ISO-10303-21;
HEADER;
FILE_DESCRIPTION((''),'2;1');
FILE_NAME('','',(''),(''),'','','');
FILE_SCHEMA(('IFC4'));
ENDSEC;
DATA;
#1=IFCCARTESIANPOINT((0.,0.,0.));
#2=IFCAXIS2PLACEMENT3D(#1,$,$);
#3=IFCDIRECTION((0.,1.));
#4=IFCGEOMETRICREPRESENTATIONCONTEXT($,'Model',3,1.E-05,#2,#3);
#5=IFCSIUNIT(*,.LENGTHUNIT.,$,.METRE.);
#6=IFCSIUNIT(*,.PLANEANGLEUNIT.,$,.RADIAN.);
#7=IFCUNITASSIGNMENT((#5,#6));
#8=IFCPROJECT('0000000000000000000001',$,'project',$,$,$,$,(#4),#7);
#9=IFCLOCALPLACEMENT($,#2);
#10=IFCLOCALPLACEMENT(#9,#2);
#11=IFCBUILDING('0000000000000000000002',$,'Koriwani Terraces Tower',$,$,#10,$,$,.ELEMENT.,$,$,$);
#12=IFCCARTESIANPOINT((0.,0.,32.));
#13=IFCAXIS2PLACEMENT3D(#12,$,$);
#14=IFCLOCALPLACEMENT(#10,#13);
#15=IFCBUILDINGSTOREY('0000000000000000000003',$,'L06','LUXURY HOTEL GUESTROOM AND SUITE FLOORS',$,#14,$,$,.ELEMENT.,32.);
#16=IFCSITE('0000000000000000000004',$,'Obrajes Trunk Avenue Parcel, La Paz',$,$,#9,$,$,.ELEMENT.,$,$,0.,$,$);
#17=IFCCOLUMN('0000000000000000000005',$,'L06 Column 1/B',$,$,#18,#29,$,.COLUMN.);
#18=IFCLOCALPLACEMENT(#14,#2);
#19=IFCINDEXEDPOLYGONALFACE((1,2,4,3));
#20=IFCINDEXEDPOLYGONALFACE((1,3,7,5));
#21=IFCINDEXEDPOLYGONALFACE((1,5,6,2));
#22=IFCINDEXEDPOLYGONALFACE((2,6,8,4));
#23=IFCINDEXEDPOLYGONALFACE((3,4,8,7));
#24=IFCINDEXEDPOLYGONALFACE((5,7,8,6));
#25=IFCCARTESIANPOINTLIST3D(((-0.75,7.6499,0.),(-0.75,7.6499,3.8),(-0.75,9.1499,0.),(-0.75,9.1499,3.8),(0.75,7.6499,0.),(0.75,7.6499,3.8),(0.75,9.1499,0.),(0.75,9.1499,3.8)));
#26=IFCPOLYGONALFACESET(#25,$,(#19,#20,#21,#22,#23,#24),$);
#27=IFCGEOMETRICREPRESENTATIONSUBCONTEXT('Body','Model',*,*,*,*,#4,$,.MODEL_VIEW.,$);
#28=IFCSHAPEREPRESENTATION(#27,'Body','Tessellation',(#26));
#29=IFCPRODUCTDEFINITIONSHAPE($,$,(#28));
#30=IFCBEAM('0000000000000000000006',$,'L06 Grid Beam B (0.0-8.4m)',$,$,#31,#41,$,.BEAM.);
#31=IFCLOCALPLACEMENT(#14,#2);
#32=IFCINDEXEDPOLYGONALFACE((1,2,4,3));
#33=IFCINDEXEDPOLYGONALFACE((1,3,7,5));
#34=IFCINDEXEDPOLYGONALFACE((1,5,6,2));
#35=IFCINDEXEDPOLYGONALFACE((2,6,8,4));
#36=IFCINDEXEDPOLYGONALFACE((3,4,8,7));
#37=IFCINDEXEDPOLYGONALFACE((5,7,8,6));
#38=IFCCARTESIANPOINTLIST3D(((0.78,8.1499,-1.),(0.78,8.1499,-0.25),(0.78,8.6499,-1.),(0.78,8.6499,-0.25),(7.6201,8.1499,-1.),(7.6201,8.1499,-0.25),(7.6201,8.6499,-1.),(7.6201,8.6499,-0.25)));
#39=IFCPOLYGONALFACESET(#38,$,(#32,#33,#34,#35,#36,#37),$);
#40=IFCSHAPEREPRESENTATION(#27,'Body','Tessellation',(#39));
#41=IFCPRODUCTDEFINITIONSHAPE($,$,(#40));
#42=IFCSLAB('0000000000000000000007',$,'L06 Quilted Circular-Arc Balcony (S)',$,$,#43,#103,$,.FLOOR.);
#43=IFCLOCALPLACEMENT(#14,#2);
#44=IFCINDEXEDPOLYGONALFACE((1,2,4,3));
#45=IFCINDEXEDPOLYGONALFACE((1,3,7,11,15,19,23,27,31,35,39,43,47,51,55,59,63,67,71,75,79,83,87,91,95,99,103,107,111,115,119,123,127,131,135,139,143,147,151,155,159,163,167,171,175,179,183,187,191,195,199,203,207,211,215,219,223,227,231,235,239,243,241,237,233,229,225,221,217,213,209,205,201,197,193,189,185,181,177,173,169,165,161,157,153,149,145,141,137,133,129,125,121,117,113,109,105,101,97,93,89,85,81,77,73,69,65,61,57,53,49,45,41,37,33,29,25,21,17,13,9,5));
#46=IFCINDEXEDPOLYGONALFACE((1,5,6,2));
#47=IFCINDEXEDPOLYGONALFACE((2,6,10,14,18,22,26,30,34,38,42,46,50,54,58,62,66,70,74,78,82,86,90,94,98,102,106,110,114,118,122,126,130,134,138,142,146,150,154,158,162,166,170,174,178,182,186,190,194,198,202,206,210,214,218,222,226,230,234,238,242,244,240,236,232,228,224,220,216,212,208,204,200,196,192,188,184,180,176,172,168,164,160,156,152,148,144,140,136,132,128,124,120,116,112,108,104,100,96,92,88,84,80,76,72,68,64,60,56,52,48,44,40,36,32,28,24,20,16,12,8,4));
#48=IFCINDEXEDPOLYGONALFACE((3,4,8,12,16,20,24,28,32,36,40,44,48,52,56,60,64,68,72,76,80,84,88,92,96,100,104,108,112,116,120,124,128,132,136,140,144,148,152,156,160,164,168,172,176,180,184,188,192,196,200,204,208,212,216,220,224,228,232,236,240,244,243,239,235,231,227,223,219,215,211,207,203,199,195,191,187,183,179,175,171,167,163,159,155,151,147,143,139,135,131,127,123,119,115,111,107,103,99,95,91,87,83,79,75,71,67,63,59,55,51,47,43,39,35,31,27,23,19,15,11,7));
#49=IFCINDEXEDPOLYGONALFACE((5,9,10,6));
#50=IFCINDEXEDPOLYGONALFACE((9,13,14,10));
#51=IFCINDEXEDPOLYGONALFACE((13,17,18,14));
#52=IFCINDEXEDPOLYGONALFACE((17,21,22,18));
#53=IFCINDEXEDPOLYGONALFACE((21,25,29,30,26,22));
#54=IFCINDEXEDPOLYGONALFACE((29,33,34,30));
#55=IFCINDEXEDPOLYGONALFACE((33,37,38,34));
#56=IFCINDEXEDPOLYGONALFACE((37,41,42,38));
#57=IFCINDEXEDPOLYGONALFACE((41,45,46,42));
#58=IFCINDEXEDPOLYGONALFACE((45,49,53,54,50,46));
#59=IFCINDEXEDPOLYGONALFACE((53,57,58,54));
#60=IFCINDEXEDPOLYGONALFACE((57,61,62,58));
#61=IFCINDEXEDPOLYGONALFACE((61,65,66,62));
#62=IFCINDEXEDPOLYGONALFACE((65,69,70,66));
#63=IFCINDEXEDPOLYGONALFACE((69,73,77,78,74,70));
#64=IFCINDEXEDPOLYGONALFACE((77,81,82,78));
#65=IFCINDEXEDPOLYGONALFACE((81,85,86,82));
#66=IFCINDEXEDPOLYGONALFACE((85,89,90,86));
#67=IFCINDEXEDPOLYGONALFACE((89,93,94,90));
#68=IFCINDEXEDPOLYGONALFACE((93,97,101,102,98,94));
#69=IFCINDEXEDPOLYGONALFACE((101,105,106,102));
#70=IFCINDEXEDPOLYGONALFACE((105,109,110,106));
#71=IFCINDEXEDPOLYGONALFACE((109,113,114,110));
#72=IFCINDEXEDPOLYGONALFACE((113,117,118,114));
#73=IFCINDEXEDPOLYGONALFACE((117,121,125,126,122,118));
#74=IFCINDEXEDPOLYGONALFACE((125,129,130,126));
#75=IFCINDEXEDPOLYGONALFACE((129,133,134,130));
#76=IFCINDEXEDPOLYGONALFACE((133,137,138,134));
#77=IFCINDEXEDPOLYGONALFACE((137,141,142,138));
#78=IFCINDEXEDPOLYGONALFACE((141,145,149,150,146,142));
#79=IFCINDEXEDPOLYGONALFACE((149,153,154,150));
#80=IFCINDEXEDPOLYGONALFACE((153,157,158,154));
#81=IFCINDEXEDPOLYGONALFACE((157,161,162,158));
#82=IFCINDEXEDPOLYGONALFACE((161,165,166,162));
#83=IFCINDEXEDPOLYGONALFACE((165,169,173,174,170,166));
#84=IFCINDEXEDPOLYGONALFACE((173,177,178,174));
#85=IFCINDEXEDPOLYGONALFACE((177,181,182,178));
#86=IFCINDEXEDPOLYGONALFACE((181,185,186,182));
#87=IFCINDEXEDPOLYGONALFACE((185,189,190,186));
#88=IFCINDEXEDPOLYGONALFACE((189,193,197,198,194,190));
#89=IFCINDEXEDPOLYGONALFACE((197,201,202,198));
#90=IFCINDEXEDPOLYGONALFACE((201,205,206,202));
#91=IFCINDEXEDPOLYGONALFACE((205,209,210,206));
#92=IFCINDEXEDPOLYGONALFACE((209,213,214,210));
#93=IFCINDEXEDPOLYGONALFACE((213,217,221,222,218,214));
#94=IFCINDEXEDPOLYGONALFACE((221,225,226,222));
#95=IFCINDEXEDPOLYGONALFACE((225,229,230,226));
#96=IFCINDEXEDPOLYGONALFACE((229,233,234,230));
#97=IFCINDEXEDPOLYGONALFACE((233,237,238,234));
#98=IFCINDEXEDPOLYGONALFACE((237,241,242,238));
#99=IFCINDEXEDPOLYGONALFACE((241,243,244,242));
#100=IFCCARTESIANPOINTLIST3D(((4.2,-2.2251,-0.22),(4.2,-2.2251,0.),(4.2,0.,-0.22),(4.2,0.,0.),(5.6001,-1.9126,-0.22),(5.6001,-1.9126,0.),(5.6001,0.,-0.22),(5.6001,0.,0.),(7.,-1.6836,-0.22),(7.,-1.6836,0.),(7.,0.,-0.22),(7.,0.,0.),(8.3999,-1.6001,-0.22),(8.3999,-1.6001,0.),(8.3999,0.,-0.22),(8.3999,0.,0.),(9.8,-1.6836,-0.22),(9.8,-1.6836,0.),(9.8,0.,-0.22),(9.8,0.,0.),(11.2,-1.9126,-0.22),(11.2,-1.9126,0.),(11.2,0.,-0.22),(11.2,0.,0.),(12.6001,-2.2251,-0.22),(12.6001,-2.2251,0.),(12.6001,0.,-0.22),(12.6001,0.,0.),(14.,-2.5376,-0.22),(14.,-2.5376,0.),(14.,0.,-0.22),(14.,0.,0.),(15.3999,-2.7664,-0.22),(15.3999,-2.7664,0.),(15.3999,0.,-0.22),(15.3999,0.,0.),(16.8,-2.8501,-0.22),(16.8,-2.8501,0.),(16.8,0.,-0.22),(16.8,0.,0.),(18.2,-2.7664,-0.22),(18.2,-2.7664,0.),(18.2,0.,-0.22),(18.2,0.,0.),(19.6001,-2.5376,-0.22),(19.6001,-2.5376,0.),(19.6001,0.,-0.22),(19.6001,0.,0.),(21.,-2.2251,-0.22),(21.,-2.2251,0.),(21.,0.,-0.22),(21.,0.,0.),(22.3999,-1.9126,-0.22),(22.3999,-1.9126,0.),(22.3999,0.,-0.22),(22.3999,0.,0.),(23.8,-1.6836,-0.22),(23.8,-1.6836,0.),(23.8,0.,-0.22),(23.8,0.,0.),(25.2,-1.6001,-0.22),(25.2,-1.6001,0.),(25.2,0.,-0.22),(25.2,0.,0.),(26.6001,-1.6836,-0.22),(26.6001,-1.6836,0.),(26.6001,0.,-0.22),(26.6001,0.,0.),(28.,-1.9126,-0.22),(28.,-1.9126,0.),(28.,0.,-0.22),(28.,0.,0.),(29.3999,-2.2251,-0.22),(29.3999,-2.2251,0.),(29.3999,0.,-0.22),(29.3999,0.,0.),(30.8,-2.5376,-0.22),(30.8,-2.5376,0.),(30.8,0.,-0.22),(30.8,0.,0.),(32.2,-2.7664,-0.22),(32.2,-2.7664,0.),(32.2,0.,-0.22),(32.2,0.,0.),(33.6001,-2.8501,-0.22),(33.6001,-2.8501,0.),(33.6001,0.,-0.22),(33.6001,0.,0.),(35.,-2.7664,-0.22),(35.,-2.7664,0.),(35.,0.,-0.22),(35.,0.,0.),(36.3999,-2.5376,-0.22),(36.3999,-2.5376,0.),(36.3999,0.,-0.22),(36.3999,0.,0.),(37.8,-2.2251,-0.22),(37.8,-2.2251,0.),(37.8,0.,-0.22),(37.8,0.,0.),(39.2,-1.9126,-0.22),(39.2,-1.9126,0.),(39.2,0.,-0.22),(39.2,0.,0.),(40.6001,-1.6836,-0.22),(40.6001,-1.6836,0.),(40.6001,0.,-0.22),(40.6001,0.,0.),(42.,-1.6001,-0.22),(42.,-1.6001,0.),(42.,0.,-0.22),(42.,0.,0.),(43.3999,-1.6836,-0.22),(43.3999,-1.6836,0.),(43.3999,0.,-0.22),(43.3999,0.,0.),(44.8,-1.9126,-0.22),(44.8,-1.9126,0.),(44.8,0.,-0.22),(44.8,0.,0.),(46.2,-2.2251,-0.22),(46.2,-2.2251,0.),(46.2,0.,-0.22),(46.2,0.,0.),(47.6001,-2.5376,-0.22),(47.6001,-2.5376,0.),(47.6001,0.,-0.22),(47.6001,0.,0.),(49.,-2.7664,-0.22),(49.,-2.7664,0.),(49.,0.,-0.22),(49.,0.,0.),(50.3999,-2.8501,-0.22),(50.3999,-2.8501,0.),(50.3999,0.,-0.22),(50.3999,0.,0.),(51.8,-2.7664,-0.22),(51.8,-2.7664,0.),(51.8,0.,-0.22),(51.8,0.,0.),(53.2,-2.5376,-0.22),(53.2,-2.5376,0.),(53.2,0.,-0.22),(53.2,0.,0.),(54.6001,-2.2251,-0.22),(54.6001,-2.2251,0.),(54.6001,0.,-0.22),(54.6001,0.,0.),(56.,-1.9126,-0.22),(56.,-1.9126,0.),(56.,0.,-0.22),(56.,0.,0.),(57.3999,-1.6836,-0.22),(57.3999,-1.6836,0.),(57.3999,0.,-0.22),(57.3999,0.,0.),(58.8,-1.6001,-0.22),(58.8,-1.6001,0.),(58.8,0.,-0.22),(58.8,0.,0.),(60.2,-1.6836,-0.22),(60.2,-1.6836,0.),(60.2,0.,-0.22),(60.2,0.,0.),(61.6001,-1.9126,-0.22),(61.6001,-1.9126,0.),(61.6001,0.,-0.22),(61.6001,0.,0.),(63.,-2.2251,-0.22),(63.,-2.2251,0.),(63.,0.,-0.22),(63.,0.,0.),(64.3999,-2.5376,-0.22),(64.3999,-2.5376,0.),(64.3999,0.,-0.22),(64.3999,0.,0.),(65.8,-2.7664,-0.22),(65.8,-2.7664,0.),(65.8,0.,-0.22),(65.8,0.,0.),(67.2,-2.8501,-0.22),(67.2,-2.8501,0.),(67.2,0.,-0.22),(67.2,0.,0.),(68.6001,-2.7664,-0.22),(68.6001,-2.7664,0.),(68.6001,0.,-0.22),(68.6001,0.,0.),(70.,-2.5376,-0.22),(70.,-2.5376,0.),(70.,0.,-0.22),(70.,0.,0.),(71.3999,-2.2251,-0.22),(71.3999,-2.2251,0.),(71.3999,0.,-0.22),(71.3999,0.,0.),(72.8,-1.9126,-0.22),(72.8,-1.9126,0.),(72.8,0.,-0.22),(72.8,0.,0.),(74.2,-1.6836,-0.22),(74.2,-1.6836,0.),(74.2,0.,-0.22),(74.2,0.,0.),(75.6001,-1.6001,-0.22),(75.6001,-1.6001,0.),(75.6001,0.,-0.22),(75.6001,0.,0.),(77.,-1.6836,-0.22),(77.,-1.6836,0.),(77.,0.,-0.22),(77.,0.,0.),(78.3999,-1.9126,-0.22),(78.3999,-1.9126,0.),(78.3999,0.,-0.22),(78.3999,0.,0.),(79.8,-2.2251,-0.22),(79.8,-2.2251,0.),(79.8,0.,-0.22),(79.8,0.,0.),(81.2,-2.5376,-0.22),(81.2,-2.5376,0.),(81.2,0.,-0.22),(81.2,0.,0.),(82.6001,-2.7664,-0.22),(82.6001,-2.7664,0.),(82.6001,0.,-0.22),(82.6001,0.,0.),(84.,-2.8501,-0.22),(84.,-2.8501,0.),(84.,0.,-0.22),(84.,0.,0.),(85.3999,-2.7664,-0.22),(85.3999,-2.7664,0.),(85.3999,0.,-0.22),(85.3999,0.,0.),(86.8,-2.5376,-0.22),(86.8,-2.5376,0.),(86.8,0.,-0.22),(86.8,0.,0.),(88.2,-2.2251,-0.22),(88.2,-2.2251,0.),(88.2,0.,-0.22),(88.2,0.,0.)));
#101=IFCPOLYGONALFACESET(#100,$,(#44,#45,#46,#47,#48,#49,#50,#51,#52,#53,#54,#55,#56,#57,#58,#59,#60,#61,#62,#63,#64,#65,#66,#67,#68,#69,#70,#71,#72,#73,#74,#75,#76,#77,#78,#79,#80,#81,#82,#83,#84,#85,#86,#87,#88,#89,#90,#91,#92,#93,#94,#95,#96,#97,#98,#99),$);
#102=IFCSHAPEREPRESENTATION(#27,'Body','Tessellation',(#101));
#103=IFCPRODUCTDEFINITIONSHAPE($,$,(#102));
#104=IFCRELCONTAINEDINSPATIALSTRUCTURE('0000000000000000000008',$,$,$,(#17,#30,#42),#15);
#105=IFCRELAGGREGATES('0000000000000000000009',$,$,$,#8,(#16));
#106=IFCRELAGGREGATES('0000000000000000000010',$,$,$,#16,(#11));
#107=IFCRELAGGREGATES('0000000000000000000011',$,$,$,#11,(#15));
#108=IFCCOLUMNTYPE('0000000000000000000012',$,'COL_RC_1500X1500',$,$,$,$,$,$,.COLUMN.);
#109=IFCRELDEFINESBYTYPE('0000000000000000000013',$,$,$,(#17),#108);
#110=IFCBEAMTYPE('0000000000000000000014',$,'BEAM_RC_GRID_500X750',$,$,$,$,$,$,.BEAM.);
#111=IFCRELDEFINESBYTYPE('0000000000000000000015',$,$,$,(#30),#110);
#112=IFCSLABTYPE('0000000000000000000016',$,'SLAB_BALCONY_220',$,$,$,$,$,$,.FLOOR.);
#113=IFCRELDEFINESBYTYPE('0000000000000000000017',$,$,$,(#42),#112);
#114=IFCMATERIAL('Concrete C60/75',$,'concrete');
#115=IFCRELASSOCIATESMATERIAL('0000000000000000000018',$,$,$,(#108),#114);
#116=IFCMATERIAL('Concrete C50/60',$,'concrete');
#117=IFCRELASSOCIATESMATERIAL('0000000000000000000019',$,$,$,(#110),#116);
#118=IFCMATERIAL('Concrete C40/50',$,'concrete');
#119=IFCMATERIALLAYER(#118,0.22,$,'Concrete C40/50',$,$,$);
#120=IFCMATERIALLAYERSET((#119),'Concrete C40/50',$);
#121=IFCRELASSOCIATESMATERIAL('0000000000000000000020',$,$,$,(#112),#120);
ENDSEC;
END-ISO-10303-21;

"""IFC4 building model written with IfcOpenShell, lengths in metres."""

from ifc_helpers import new_model, si_unit, direction, frame, origin, origin_2d, place, context, subcontext, project, spatial, polyline, rectangle, outline, extrude, material, layer, layer_set, material_profile, profile_set, type_object, element, save


model = new_model("IFC4")

# Units and contexts
model_context = context("Model", 3, precision=1e-05, world=origin(), true_north=direction((0.0, 1.0)))
body_context = subcontext(model_context, "Body", "Model", "MODEL_VIEW")
ifc_project = project(units=[si_unit("LENGTHUNIT", "METRE"), si_unit("PLANEANGLEUNIT", "RADIAN")], contexts=[model_context])

# Site, building, storey
site_placement = place(None, origin())
site = spatial("IfcSite", under=ifc_project, at=site_placement, Name="Obrajes Trunk Avenue Parcel, La Paz", CompositionType="ELEMENT", RefElevation=0.0)
building_placement = place(site_placement, origin())
building = spatial("IfcBuilding", under=site, at=building_placement, Name="Koriwani Terraces Tower", CompositionType="ELEMENT")
storey_placement = place(building_placement, frame((0.0, 0.0, 32.0)))
storey = spatial("IfcBuildingStorey", under=building, at=storey_placement, Name="L06", Description="LUXURY HOTEL GUESTROOM AND SUITE FLOORS", CompositionType="ELEMENT", Elevation=32.0)

# Column
ifc_material_1 = material(Name="Concrete C60/75", Category="concrete")
ifc_material_profile_1 = material_profile(ifc_material_1, rectangle(XDim=1.5, YDim=1.5, at=origin_2d()), Name="Concrete C60/75", Category="LoadBearing")
ifc_profile_set_1 = profile_set([ifc_material_profile_1], Name="Concrete C60/75")
column_type = type_object("IfcColumnType", Name="COL_RC_1500X1500", PredefinedType="COLUMN", material=ifc_profile_set_1)
column_placement = place(storey_placement, frame((0.0, 8.3999, 0.0), z_axis=(0.0, 0.0, 1.0), x_axis=(1.0, 0.0, 0.0)))
element("IfcColumn", 1, at=column_placement, inside=storey, type_object=column_type, Name="L06 Column 1/B", PredefinedType="COLUMN", context=body_context, shape_type="SweptSolid", body=[
    extrude(rectangle(XDim=1.5, YDim=1.5, at=origin_2d()), origin(), (0.0, 0.0, 1.0), 3.8),
])

# Beam
ifc_material_2 = material(Name="Concrete C50/60", Category="concrete")
ifc_material_profile_2 = material_profile(ifc_material_2, rectangle(XDim=0.5, YDim=0.75, at=origin_2d()), Name="Concrete C50/60", Category="LoadBearing")
ifc_profile_set_2 = profile_set([ifc_material_profile_2], Name="Concrete C50/60")
beam_type = type_object("IfcBeamType", Name="BEAM_RC_GRID_500X750", PredefinedType="BEAM", material=ifc_profile_set_2)
beam_placement = place(storey_placement, frame((0.78, 8.3999, -0.625), z_axis=(1.0, 0.0, 0.0), x_axis=(0.0, 1.0, 0.0)))
element("IfcBeam", 2, at=beam_placement, inside=storey, type_object=beam_type, Name="L06 Grid Beam B (0.0-8.4m)", PredefinedType="BEAM", context=body_context, shape_type="SweptSolid", body=[
    extrude(rectangle(XDim=0.5, YDim=0.75, at=origin_2d()), origin(), (0.0, 0.0, 1.0), 6.8401),
])

# Slab
ifc_material_3 = material(Name="Concrete C40/50", Category="concrete")
ifc_layer_1 = layer(ifc_material_3, 0.22, Name="Concrete C40/50")
ifc_layer_set_1 = layer_set([ifc_layer_1], Name="Concrete C40/50")
slab_type_1 = type_object("IfcSlabType", Name="SLAB_BALCONY_220", PredefinedType="FLOOR", material=ifc_layer_set_1)
slab_1_placement = place(storey_placement, frame((0.0, 0.0, -0.22)))
element("IfcSlab", 3, at=slab_1_placement, inside=storey, type_object=slab_type_1, Name="L06 Quilted Circular-Arc Balcony (S)", PredefinedType="FLOOR", context=body_context, shape_type="SweptSolid", body=[
    extrude(outline(polyline([(4.2, 0.0), (5.6001, 0.0), (7.0, 0.0), (8.3999, 0.0), (9.8, 0.0), (11.2, 0.0), (12.6001, 0.0), (14.0, 0.0), (15.3999, 0.0), (16.8, 0.0), (18.2, 0.0), (19.6001, 0.0), (21.0, 0.0), (22.3999, 0.0), (23.8, 0.0), (25.2, 0.0), (26.6001, 0.0), (28.0, 0.0), (29.3999, 0.0), (30.8, 0.0), (32.2, 0.0), (33.6001, 0.0), (35.0, 0.0), (36.3999, 0.0), (37.8, 0.0), (39.2, 0.0), (40.6001, 0.0), (42.0, 0.0), (43.3999, 0.0), (44.8, 0.0), (46.2, 0.0), (47.6001, 0.0), (49.0, 0.0), (50.3999, 0.0), (51.8, 0.0), (53.2, 0.0), (54.6001, 0.0), (56.0, 0.0), (57.3999, 0.0), (58.8, 0.0), (60.2, 0.0), (61.6001, 0.0), (63.0, 0.0), (64.3999, 0.0), (65.8, 0.0), (67.2, 0.0), (68.6001, 0.0), (70.0, 0.0), (71.3999, 0.0), (72.8, 0.0), (74.2, 0.0), (75.6001, 0.0), (77.0, 0.0), (78.3999, 0.0), (79.8, 0.0), (81.2, 0.0), (82.6001, 0.0), (84.0, 0.0), (85.3999, 0.0), (86.8, 0.0), (88.2, 0.0), (88.2, -2.2251), (86.8, -2.5376), (85.3999, -2.7664), (84.0, -2.8501), (82.6001, -2.7664), (81.2, -2.5376), (79.8, -2.2251), (78.3999, -1.9126), (77.0, -1.6836), (75.6001, -1.6001), (74.2, -1.6836), (72.8, -1.9126), (71.3999, -2.2251), (70.0, -2.5376), (68.6001, -2.7664), (67.2, -2.8501), (65.8, -2.7664), (64.3999, -2.5376), (63.0, -2.2251), (61.6001, -1.9126), (60.2, -1.6836), (58.8, -1.6001), (57.3999, -1.6836), (56.0, -1.9126), (54.6001, -2.2251), (53.2, -2.5376), (51.8, -2.7664), (50.3999, -2.8501), (49.0, -2.7664), (47.6001, -2.5376), (46.2, -2.2251), (44.8, -1.9126), (43.3999, -1.6836), (42.0, -1.6001), (40.6001, -1.6836), (39.2, -1.9126), (37.8, -2.2251), (36.3999, -2.5376), (35.0, -2.7664), (33.6001, -2.8501), (32.2, -2.7664), (30.8, -2.5376), (29.3999, -2.2251), (28.0, -1.9126), (26.6001, -1.6836), (25.2, -1.6001), (23.8, -1.6836), (22.3999, -1.9126), (21.0, -2.2251), (19.6001, -2.5376), (18.2, -2.7664), (16.8, -2.8501), (15.3999, -2.7664), (14.0, -2.5376), (12.6001, -2.2251), (11.2, -1.9126), (9.8, -1.6836), (8.3999, -1.6001), (7.0, -1.6836), (5.6001, -1.9126), (4.2, -2.2251), (4.2, 0.0)])), origin(), (0.0, 0.0, 1.0), 0.22),
])

save(model, "model.ifc")
